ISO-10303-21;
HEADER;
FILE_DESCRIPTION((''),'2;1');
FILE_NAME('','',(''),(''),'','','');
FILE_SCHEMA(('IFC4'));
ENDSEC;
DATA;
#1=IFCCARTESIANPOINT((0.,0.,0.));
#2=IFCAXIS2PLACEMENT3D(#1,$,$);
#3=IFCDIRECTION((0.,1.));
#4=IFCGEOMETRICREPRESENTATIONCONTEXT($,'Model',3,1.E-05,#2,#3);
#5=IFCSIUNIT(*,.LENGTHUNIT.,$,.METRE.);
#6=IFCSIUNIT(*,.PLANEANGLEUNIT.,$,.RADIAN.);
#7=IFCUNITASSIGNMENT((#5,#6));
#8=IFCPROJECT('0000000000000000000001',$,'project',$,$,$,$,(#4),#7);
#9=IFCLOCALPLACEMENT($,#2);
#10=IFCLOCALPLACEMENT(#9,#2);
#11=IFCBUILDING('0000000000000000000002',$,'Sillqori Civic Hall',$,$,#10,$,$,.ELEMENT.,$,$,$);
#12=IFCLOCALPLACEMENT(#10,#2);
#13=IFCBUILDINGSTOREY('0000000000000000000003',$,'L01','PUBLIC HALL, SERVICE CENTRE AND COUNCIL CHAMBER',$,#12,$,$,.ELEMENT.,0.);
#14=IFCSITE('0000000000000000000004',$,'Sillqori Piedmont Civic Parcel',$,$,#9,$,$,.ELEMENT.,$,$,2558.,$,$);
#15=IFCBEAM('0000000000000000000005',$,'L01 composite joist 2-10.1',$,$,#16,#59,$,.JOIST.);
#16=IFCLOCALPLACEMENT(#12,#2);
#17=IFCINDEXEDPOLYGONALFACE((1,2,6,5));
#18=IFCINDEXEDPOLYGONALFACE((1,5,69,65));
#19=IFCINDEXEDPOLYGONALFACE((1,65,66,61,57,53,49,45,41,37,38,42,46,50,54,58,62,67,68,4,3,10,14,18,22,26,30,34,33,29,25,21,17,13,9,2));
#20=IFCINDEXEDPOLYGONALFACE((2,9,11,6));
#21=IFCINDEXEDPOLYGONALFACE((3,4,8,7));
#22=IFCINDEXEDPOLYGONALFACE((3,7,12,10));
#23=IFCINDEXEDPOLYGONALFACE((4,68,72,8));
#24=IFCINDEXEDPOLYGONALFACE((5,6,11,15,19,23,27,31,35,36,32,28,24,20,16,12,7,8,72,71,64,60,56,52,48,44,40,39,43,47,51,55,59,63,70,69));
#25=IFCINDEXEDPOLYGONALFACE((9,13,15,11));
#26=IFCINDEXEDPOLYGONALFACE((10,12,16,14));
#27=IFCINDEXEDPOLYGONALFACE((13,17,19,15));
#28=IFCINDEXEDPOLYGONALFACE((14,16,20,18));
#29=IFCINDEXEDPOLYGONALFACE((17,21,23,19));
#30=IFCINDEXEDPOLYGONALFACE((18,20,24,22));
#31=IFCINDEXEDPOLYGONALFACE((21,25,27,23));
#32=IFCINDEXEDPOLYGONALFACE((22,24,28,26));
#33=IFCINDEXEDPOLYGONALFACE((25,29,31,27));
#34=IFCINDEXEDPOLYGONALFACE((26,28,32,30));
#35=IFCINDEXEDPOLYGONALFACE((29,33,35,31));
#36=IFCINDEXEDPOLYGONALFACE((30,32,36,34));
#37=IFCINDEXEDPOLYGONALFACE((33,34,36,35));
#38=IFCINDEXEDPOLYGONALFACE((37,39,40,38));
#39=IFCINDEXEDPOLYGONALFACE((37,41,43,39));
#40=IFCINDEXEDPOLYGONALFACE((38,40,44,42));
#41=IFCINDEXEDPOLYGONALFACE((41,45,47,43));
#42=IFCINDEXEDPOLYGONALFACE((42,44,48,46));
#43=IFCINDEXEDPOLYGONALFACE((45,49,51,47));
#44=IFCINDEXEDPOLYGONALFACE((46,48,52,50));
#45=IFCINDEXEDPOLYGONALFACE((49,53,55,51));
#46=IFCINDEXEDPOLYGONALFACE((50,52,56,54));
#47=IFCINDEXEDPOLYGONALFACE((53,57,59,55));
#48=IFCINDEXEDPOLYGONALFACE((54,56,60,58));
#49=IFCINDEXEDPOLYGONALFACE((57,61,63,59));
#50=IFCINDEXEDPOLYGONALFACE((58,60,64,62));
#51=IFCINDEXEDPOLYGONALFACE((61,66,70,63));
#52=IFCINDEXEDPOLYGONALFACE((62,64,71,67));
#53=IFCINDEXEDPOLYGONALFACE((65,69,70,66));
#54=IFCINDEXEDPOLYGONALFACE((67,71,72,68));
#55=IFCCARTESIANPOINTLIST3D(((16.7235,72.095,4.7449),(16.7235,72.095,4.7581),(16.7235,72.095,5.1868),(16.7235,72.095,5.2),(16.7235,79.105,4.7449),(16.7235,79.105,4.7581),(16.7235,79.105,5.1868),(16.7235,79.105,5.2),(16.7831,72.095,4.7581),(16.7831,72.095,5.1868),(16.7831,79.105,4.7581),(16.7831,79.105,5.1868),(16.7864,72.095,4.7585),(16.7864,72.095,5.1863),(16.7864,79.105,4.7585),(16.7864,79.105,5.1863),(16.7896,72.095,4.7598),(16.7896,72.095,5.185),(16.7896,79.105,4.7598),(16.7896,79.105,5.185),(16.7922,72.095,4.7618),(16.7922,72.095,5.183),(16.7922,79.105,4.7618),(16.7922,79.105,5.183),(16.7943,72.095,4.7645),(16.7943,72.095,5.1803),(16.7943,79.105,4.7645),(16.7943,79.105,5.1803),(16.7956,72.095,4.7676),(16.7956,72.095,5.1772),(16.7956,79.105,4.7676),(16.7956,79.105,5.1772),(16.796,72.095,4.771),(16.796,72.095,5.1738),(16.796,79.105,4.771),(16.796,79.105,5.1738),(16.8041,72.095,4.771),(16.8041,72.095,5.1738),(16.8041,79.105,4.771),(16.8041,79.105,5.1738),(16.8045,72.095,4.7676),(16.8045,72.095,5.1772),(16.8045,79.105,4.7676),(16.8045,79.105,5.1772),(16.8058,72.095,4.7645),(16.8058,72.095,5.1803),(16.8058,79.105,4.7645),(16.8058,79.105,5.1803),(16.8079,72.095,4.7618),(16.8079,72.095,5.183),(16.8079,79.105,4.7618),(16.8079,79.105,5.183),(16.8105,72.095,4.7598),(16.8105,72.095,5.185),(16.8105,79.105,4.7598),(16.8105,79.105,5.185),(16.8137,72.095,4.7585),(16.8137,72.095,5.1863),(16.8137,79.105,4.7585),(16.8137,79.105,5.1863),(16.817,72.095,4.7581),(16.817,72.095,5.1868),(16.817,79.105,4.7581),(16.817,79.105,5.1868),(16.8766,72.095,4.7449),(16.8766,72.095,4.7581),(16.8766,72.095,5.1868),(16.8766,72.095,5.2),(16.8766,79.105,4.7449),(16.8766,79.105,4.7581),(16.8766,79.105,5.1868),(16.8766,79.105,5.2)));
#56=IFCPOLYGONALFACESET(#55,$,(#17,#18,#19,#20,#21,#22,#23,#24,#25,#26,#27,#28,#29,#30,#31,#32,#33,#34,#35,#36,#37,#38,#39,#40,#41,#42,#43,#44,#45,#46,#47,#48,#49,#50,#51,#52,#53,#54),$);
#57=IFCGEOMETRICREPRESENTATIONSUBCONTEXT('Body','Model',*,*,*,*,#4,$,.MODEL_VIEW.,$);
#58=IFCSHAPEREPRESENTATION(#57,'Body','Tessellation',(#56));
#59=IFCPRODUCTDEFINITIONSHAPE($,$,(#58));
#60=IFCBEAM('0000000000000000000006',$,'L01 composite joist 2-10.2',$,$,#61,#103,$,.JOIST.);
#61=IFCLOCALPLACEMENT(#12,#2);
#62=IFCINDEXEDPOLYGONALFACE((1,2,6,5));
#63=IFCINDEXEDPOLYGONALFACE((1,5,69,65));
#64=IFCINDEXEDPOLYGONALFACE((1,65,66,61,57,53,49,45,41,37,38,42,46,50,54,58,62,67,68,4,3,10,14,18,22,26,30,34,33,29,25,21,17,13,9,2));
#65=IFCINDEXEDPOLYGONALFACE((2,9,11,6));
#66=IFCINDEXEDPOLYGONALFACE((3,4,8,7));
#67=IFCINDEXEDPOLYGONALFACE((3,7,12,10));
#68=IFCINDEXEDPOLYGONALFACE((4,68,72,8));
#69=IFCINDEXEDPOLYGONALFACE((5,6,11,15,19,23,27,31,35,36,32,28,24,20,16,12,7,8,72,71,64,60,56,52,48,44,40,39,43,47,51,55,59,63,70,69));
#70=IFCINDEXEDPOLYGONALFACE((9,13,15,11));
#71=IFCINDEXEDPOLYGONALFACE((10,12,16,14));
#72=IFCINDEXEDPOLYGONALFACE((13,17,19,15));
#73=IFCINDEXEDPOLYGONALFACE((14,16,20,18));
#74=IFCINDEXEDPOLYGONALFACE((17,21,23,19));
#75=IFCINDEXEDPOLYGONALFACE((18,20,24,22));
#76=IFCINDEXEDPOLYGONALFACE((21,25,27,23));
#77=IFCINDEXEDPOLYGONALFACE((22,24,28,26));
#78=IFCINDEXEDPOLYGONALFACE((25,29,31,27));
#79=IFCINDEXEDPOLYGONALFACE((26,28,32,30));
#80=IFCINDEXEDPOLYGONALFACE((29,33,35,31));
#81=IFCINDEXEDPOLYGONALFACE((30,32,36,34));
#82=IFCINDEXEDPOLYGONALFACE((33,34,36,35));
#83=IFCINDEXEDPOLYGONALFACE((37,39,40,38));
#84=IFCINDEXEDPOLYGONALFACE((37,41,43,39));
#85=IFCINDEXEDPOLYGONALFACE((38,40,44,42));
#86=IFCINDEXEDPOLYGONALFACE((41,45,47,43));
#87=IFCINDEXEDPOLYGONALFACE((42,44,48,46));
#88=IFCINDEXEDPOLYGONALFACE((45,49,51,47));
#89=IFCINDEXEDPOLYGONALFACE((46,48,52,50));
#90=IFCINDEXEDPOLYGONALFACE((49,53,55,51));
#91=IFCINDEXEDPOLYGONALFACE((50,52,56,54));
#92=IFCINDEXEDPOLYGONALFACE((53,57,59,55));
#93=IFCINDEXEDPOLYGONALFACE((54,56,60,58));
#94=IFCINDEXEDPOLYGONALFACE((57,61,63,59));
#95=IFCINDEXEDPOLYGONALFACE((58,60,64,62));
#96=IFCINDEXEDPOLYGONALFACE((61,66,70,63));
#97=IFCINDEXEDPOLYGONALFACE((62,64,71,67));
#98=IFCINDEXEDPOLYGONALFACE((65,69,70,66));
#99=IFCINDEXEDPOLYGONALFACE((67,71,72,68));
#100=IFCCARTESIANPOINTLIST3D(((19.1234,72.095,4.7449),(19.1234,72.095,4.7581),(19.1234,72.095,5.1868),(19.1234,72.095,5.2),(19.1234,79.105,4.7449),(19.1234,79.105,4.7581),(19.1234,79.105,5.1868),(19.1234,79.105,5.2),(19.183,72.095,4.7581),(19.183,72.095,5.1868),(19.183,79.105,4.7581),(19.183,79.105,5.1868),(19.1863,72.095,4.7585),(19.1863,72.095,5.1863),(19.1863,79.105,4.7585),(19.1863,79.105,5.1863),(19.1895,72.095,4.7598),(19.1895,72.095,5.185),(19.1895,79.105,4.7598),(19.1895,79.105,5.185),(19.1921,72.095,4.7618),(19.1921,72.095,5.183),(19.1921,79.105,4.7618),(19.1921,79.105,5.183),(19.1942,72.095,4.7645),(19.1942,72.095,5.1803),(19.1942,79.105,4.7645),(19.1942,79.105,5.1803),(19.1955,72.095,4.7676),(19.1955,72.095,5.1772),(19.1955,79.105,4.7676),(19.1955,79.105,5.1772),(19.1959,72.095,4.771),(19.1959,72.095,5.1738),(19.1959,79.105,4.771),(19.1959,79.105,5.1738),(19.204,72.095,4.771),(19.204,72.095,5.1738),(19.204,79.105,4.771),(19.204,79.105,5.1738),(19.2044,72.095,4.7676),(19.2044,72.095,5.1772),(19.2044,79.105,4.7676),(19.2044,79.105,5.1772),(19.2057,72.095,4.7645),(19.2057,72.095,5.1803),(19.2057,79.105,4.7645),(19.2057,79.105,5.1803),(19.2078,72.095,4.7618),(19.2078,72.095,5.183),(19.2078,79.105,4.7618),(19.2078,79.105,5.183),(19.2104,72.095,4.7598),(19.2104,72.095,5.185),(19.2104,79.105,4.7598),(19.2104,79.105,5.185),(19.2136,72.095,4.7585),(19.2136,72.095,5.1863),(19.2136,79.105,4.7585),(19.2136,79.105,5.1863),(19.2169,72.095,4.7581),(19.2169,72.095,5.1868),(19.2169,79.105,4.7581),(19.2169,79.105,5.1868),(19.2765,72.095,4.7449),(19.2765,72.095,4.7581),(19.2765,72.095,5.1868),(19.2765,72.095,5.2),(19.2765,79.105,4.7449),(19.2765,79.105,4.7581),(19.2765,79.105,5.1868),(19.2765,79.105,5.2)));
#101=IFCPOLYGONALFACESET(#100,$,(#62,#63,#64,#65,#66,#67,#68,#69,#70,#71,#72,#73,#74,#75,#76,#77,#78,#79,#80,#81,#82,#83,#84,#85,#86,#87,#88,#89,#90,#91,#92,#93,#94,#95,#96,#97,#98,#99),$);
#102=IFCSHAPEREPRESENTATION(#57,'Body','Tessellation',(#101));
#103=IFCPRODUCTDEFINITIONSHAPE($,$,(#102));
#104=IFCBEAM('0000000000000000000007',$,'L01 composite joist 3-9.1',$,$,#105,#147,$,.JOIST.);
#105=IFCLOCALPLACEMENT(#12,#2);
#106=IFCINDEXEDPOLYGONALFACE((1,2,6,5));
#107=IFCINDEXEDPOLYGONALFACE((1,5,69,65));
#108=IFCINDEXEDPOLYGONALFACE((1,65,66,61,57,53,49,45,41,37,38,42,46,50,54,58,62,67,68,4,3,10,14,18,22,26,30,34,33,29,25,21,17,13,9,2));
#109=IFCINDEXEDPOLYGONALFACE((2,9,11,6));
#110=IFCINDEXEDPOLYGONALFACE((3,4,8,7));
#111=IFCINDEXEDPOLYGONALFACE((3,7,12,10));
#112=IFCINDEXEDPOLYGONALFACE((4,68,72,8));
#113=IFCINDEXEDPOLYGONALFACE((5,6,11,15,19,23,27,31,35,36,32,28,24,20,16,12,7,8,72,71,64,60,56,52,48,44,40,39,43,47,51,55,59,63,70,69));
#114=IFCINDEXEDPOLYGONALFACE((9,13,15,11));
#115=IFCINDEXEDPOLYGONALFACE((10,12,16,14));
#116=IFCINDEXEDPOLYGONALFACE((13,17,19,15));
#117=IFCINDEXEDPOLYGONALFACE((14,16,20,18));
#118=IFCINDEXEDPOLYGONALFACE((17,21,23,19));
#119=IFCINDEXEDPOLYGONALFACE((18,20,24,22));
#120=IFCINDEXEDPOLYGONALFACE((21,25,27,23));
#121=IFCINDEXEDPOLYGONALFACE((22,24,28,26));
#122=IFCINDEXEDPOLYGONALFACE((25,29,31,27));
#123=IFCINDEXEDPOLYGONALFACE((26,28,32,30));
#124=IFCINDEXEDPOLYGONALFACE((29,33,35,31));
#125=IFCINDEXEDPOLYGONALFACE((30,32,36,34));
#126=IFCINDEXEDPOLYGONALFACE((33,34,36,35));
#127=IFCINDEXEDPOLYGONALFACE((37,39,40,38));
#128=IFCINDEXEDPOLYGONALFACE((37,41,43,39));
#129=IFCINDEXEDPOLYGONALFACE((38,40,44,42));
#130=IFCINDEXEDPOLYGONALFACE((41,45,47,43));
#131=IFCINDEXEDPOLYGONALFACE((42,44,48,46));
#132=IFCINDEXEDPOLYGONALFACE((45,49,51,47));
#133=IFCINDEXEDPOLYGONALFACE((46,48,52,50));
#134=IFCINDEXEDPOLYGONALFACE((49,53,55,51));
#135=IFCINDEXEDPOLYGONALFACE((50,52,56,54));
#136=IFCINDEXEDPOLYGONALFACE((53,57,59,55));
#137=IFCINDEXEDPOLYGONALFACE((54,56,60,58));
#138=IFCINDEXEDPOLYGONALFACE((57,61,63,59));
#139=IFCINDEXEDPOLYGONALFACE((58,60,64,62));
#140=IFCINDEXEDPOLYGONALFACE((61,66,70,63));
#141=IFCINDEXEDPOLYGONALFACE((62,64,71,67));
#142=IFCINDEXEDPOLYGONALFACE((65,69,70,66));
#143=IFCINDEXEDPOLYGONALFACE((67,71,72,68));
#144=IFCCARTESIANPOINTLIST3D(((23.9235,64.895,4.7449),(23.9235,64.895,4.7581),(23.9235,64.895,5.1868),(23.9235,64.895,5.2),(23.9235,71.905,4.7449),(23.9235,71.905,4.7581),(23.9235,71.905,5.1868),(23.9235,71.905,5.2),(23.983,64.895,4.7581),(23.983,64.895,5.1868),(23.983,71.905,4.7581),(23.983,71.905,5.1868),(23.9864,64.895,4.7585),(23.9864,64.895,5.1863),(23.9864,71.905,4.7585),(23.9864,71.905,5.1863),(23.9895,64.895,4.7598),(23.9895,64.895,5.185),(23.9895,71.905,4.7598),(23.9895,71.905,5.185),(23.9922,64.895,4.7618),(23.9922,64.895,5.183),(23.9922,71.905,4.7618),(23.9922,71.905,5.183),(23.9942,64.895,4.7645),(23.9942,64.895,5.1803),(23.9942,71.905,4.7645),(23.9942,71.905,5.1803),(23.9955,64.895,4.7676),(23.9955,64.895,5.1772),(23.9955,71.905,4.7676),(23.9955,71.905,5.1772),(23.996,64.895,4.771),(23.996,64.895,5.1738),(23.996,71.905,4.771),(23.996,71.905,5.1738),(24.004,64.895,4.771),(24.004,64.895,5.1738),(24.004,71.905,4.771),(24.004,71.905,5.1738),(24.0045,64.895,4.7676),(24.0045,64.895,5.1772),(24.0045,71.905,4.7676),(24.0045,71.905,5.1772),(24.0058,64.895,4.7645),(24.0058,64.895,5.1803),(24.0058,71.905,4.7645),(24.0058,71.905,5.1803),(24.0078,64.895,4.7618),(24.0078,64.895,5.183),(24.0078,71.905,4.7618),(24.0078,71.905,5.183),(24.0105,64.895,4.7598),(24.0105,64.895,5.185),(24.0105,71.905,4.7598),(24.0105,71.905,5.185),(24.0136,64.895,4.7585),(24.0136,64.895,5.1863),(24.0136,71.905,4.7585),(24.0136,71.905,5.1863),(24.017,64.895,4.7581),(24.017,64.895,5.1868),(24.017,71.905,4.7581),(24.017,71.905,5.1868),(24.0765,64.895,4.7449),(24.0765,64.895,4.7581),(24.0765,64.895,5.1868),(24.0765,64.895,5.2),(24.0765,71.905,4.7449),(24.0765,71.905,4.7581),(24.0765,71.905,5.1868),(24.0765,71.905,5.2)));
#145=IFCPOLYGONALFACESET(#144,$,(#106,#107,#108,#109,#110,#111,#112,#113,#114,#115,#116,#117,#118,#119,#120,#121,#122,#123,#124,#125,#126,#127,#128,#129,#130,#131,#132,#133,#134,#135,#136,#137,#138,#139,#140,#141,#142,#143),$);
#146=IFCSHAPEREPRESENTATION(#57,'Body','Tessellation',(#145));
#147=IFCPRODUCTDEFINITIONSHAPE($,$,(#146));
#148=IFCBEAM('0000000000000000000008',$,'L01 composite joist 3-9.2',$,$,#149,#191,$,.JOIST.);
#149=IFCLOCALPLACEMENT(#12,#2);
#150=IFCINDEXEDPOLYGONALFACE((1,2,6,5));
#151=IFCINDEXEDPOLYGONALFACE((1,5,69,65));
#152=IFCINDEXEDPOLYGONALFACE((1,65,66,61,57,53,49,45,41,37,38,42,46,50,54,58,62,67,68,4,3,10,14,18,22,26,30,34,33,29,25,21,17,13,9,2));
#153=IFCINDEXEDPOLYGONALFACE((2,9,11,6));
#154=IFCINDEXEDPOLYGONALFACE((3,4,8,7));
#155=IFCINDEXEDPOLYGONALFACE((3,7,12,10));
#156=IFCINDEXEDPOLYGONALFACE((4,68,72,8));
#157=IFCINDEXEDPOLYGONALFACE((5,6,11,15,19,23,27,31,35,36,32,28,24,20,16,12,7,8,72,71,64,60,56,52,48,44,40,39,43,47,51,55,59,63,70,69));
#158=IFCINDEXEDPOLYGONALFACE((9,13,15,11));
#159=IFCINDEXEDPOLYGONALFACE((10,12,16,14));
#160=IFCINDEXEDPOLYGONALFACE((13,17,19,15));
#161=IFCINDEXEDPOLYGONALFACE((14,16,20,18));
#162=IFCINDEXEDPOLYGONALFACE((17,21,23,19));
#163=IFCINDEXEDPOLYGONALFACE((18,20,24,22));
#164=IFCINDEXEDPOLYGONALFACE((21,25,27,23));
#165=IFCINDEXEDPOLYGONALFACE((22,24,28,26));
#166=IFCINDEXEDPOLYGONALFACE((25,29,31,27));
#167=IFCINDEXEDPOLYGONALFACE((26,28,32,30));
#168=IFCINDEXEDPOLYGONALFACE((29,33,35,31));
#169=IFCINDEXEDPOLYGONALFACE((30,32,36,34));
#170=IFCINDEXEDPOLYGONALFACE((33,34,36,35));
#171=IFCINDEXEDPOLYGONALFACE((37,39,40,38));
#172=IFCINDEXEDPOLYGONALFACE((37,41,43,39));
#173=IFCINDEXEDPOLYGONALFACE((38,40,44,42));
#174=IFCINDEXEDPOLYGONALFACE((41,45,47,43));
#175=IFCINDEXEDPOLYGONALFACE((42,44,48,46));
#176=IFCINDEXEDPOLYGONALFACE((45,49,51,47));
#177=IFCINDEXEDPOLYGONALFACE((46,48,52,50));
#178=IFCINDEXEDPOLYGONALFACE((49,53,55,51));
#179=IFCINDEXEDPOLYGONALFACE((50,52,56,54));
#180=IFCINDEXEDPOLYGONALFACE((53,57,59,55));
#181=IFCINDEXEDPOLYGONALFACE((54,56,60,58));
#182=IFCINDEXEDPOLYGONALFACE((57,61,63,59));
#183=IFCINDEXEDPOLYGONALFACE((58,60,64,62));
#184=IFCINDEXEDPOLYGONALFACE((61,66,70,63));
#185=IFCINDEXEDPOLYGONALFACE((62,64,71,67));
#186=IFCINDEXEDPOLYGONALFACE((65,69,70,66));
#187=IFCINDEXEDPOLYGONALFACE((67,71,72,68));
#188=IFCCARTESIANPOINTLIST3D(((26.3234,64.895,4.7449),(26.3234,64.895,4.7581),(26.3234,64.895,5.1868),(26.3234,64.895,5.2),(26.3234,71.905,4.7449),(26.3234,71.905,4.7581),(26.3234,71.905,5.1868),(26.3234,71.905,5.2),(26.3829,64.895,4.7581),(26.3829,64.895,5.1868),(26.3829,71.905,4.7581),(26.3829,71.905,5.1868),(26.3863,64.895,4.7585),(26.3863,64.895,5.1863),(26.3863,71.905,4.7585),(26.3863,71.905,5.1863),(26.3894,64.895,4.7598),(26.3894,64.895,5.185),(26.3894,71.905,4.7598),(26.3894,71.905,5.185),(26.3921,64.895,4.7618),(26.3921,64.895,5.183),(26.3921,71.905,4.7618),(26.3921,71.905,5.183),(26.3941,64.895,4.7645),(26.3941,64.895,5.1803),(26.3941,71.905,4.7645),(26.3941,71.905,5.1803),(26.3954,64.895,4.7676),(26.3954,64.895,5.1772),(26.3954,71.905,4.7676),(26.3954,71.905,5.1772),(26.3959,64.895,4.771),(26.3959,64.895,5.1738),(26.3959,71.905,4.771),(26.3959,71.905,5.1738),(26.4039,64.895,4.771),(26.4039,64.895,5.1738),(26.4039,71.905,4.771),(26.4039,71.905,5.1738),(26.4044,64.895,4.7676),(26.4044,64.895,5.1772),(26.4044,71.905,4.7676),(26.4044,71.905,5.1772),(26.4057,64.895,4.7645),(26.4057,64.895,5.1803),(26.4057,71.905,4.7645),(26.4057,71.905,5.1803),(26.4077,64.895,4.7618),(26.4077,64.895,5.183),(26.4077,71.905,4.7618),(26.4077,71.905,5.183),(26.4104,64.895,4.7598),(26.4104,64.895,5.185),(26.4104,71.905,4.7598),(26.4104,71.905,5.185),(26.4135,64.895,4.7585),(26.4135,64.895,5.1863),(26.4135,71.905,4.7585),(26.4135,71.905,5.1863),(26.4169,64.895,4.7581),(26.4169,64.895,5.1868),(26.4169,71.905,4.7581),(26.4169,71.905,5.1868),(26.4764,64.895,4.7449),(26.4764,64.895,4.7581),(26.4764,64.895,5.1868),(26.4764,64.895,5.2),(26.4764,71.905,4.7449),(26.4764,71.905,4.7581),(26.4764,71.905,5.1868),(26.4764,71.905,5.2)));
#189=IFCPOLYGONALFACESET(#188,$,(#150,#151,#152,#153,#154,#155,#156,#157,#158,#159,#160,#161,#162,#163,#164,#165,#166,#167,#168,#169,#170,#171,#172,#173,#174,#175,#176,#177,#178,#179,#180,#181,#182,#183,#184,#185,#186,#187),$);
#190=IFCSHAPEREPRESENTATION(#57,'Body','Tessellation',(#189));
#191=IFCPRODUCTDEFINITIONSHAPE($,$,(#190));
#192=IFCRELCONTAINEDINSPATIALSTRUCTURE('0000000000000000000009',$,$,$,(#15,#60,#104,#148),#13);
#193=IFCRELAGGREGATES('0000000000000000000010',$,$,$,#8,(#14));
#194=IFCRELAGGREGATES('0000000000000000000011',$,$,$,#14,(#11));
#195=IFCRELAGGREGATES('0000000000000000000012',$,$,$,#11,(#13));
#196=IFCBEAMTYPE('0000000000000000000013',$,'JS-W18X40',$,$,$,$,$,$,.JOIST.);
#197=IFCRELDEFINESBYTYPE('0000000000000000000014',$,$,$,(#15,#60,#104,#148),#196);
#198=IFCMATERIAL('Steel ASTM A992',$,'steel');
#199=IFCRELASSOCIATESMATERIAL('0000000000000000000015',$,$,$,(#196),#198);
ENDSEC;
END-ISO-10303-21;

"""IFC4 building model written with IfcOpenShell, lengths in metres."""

from ifc_helpers import new_model, si_unit, direction, frame, origin, origin_2d, place, context, subcontext, project, spatial, i_section, extrude, material, material_profile, profile_set, type_object, element, save


model = new_model("IFC4")

# Units and contexts
model_context = context("Model", 3, precision=1e-05, world=origin(), true_north=direction((0.0, 1.0)))
body_context = subcontext(model_context, "Body", "Model", "MODEL_VIEW")
ifc_project = project(units=[si_unit("LENGTHUNIT", "METRE"), si_unit("PLANEANGLEUNIT", "RADIAN")], contexts=[model_context])

# Site, building, storey
site_placement = place(None, origin())
site = spatial("IfcSite", under=ifc_project, at=site_placement, Name="Sillqori Piedmont Civic Parcel", CompositionType="ELEMENT", RefElevation=2558.0)
building_placement = place(site_placement, origin())
building = spatial("IfcBuilding", under=site, at=building_placement, Name="Sillqori Civic Hall", CompositionType="ELEMENT")
storey_placement = place(building_placement, origin())
storey = spatial("IfcBuildingStorey", under=building, at=storey_placement, Name="L01", Description="PUBLIC HALL, SERVICE CENTRE AND COUNCIL CHAMBER", CompositionType="ELEMENT", Elevation=0.0)

# Shared definitions
ifc_material_1 = material(Name="Steel ASTM A992", Category="steel")

# Beams
ifc_material_profile_1 = material_profile(ifc_material_1, i_section(OverallWidth=0.1531, OverallDepth=0.4551, WebThickness=0.0081, FlangeThickness=0.0132, FilletRadius=0.0129, at=origin_2d()), Name="W18X40")
ifc_profile_set_1 = profile_set([ifc_material_profile_1], Name="Steel ASTM A992")
beam_type_1 = type_object("IfcBeamType", Name="JS-W18X40", PredefinedType="JOIST", material=ifc_profile_set_1)
for number, where, z_axis, x_axis, name in (
    (1, (16.8, 72.095, 4.9724), (0.0, 1.0, 0.0), (-1.0, 0.0, 0.0), "L01 composite joist 2-10.1"),
    (2, (19.2, 72.095, 4.9724), (0.0, 1.0, 0.0), (-1.0, 0.0, 0.0), "L01 composite joist 2-10.2"),
    (3, (24.0, 64.895, 4.9724), (0.0, 1.0, 0.0), (-1.0, 0.0, 0.0), "L01 composite joist 3-9.1"),
    (4, (26.3999, 64.895, 4.9724), (0.0, 1.0, 0.0), (-1.0, 0.0, 0.0), "L01 composite joist 3-9.2"),
):
    element("IfcBeam", number, at=place(storey_placement, frame(where, z_axis=z_axis, x_axis=x_axis)), inside=storey, type_object=beam_type_1, Name=name, PredefinedType="JOIST", context=body_context, shape_type="SweptSolid", body=[
        extrude(i_section(OverallWidth=0.1531, OverallDepth=0.4551, WebThickness=0.0081, FlangeThickness=0.0132, FilletRadius=0.0129, at=origin_2d()), origin(), (0.0, 0.0, 1.0), 7.01),
    ])

save(model, "model.ifc")
